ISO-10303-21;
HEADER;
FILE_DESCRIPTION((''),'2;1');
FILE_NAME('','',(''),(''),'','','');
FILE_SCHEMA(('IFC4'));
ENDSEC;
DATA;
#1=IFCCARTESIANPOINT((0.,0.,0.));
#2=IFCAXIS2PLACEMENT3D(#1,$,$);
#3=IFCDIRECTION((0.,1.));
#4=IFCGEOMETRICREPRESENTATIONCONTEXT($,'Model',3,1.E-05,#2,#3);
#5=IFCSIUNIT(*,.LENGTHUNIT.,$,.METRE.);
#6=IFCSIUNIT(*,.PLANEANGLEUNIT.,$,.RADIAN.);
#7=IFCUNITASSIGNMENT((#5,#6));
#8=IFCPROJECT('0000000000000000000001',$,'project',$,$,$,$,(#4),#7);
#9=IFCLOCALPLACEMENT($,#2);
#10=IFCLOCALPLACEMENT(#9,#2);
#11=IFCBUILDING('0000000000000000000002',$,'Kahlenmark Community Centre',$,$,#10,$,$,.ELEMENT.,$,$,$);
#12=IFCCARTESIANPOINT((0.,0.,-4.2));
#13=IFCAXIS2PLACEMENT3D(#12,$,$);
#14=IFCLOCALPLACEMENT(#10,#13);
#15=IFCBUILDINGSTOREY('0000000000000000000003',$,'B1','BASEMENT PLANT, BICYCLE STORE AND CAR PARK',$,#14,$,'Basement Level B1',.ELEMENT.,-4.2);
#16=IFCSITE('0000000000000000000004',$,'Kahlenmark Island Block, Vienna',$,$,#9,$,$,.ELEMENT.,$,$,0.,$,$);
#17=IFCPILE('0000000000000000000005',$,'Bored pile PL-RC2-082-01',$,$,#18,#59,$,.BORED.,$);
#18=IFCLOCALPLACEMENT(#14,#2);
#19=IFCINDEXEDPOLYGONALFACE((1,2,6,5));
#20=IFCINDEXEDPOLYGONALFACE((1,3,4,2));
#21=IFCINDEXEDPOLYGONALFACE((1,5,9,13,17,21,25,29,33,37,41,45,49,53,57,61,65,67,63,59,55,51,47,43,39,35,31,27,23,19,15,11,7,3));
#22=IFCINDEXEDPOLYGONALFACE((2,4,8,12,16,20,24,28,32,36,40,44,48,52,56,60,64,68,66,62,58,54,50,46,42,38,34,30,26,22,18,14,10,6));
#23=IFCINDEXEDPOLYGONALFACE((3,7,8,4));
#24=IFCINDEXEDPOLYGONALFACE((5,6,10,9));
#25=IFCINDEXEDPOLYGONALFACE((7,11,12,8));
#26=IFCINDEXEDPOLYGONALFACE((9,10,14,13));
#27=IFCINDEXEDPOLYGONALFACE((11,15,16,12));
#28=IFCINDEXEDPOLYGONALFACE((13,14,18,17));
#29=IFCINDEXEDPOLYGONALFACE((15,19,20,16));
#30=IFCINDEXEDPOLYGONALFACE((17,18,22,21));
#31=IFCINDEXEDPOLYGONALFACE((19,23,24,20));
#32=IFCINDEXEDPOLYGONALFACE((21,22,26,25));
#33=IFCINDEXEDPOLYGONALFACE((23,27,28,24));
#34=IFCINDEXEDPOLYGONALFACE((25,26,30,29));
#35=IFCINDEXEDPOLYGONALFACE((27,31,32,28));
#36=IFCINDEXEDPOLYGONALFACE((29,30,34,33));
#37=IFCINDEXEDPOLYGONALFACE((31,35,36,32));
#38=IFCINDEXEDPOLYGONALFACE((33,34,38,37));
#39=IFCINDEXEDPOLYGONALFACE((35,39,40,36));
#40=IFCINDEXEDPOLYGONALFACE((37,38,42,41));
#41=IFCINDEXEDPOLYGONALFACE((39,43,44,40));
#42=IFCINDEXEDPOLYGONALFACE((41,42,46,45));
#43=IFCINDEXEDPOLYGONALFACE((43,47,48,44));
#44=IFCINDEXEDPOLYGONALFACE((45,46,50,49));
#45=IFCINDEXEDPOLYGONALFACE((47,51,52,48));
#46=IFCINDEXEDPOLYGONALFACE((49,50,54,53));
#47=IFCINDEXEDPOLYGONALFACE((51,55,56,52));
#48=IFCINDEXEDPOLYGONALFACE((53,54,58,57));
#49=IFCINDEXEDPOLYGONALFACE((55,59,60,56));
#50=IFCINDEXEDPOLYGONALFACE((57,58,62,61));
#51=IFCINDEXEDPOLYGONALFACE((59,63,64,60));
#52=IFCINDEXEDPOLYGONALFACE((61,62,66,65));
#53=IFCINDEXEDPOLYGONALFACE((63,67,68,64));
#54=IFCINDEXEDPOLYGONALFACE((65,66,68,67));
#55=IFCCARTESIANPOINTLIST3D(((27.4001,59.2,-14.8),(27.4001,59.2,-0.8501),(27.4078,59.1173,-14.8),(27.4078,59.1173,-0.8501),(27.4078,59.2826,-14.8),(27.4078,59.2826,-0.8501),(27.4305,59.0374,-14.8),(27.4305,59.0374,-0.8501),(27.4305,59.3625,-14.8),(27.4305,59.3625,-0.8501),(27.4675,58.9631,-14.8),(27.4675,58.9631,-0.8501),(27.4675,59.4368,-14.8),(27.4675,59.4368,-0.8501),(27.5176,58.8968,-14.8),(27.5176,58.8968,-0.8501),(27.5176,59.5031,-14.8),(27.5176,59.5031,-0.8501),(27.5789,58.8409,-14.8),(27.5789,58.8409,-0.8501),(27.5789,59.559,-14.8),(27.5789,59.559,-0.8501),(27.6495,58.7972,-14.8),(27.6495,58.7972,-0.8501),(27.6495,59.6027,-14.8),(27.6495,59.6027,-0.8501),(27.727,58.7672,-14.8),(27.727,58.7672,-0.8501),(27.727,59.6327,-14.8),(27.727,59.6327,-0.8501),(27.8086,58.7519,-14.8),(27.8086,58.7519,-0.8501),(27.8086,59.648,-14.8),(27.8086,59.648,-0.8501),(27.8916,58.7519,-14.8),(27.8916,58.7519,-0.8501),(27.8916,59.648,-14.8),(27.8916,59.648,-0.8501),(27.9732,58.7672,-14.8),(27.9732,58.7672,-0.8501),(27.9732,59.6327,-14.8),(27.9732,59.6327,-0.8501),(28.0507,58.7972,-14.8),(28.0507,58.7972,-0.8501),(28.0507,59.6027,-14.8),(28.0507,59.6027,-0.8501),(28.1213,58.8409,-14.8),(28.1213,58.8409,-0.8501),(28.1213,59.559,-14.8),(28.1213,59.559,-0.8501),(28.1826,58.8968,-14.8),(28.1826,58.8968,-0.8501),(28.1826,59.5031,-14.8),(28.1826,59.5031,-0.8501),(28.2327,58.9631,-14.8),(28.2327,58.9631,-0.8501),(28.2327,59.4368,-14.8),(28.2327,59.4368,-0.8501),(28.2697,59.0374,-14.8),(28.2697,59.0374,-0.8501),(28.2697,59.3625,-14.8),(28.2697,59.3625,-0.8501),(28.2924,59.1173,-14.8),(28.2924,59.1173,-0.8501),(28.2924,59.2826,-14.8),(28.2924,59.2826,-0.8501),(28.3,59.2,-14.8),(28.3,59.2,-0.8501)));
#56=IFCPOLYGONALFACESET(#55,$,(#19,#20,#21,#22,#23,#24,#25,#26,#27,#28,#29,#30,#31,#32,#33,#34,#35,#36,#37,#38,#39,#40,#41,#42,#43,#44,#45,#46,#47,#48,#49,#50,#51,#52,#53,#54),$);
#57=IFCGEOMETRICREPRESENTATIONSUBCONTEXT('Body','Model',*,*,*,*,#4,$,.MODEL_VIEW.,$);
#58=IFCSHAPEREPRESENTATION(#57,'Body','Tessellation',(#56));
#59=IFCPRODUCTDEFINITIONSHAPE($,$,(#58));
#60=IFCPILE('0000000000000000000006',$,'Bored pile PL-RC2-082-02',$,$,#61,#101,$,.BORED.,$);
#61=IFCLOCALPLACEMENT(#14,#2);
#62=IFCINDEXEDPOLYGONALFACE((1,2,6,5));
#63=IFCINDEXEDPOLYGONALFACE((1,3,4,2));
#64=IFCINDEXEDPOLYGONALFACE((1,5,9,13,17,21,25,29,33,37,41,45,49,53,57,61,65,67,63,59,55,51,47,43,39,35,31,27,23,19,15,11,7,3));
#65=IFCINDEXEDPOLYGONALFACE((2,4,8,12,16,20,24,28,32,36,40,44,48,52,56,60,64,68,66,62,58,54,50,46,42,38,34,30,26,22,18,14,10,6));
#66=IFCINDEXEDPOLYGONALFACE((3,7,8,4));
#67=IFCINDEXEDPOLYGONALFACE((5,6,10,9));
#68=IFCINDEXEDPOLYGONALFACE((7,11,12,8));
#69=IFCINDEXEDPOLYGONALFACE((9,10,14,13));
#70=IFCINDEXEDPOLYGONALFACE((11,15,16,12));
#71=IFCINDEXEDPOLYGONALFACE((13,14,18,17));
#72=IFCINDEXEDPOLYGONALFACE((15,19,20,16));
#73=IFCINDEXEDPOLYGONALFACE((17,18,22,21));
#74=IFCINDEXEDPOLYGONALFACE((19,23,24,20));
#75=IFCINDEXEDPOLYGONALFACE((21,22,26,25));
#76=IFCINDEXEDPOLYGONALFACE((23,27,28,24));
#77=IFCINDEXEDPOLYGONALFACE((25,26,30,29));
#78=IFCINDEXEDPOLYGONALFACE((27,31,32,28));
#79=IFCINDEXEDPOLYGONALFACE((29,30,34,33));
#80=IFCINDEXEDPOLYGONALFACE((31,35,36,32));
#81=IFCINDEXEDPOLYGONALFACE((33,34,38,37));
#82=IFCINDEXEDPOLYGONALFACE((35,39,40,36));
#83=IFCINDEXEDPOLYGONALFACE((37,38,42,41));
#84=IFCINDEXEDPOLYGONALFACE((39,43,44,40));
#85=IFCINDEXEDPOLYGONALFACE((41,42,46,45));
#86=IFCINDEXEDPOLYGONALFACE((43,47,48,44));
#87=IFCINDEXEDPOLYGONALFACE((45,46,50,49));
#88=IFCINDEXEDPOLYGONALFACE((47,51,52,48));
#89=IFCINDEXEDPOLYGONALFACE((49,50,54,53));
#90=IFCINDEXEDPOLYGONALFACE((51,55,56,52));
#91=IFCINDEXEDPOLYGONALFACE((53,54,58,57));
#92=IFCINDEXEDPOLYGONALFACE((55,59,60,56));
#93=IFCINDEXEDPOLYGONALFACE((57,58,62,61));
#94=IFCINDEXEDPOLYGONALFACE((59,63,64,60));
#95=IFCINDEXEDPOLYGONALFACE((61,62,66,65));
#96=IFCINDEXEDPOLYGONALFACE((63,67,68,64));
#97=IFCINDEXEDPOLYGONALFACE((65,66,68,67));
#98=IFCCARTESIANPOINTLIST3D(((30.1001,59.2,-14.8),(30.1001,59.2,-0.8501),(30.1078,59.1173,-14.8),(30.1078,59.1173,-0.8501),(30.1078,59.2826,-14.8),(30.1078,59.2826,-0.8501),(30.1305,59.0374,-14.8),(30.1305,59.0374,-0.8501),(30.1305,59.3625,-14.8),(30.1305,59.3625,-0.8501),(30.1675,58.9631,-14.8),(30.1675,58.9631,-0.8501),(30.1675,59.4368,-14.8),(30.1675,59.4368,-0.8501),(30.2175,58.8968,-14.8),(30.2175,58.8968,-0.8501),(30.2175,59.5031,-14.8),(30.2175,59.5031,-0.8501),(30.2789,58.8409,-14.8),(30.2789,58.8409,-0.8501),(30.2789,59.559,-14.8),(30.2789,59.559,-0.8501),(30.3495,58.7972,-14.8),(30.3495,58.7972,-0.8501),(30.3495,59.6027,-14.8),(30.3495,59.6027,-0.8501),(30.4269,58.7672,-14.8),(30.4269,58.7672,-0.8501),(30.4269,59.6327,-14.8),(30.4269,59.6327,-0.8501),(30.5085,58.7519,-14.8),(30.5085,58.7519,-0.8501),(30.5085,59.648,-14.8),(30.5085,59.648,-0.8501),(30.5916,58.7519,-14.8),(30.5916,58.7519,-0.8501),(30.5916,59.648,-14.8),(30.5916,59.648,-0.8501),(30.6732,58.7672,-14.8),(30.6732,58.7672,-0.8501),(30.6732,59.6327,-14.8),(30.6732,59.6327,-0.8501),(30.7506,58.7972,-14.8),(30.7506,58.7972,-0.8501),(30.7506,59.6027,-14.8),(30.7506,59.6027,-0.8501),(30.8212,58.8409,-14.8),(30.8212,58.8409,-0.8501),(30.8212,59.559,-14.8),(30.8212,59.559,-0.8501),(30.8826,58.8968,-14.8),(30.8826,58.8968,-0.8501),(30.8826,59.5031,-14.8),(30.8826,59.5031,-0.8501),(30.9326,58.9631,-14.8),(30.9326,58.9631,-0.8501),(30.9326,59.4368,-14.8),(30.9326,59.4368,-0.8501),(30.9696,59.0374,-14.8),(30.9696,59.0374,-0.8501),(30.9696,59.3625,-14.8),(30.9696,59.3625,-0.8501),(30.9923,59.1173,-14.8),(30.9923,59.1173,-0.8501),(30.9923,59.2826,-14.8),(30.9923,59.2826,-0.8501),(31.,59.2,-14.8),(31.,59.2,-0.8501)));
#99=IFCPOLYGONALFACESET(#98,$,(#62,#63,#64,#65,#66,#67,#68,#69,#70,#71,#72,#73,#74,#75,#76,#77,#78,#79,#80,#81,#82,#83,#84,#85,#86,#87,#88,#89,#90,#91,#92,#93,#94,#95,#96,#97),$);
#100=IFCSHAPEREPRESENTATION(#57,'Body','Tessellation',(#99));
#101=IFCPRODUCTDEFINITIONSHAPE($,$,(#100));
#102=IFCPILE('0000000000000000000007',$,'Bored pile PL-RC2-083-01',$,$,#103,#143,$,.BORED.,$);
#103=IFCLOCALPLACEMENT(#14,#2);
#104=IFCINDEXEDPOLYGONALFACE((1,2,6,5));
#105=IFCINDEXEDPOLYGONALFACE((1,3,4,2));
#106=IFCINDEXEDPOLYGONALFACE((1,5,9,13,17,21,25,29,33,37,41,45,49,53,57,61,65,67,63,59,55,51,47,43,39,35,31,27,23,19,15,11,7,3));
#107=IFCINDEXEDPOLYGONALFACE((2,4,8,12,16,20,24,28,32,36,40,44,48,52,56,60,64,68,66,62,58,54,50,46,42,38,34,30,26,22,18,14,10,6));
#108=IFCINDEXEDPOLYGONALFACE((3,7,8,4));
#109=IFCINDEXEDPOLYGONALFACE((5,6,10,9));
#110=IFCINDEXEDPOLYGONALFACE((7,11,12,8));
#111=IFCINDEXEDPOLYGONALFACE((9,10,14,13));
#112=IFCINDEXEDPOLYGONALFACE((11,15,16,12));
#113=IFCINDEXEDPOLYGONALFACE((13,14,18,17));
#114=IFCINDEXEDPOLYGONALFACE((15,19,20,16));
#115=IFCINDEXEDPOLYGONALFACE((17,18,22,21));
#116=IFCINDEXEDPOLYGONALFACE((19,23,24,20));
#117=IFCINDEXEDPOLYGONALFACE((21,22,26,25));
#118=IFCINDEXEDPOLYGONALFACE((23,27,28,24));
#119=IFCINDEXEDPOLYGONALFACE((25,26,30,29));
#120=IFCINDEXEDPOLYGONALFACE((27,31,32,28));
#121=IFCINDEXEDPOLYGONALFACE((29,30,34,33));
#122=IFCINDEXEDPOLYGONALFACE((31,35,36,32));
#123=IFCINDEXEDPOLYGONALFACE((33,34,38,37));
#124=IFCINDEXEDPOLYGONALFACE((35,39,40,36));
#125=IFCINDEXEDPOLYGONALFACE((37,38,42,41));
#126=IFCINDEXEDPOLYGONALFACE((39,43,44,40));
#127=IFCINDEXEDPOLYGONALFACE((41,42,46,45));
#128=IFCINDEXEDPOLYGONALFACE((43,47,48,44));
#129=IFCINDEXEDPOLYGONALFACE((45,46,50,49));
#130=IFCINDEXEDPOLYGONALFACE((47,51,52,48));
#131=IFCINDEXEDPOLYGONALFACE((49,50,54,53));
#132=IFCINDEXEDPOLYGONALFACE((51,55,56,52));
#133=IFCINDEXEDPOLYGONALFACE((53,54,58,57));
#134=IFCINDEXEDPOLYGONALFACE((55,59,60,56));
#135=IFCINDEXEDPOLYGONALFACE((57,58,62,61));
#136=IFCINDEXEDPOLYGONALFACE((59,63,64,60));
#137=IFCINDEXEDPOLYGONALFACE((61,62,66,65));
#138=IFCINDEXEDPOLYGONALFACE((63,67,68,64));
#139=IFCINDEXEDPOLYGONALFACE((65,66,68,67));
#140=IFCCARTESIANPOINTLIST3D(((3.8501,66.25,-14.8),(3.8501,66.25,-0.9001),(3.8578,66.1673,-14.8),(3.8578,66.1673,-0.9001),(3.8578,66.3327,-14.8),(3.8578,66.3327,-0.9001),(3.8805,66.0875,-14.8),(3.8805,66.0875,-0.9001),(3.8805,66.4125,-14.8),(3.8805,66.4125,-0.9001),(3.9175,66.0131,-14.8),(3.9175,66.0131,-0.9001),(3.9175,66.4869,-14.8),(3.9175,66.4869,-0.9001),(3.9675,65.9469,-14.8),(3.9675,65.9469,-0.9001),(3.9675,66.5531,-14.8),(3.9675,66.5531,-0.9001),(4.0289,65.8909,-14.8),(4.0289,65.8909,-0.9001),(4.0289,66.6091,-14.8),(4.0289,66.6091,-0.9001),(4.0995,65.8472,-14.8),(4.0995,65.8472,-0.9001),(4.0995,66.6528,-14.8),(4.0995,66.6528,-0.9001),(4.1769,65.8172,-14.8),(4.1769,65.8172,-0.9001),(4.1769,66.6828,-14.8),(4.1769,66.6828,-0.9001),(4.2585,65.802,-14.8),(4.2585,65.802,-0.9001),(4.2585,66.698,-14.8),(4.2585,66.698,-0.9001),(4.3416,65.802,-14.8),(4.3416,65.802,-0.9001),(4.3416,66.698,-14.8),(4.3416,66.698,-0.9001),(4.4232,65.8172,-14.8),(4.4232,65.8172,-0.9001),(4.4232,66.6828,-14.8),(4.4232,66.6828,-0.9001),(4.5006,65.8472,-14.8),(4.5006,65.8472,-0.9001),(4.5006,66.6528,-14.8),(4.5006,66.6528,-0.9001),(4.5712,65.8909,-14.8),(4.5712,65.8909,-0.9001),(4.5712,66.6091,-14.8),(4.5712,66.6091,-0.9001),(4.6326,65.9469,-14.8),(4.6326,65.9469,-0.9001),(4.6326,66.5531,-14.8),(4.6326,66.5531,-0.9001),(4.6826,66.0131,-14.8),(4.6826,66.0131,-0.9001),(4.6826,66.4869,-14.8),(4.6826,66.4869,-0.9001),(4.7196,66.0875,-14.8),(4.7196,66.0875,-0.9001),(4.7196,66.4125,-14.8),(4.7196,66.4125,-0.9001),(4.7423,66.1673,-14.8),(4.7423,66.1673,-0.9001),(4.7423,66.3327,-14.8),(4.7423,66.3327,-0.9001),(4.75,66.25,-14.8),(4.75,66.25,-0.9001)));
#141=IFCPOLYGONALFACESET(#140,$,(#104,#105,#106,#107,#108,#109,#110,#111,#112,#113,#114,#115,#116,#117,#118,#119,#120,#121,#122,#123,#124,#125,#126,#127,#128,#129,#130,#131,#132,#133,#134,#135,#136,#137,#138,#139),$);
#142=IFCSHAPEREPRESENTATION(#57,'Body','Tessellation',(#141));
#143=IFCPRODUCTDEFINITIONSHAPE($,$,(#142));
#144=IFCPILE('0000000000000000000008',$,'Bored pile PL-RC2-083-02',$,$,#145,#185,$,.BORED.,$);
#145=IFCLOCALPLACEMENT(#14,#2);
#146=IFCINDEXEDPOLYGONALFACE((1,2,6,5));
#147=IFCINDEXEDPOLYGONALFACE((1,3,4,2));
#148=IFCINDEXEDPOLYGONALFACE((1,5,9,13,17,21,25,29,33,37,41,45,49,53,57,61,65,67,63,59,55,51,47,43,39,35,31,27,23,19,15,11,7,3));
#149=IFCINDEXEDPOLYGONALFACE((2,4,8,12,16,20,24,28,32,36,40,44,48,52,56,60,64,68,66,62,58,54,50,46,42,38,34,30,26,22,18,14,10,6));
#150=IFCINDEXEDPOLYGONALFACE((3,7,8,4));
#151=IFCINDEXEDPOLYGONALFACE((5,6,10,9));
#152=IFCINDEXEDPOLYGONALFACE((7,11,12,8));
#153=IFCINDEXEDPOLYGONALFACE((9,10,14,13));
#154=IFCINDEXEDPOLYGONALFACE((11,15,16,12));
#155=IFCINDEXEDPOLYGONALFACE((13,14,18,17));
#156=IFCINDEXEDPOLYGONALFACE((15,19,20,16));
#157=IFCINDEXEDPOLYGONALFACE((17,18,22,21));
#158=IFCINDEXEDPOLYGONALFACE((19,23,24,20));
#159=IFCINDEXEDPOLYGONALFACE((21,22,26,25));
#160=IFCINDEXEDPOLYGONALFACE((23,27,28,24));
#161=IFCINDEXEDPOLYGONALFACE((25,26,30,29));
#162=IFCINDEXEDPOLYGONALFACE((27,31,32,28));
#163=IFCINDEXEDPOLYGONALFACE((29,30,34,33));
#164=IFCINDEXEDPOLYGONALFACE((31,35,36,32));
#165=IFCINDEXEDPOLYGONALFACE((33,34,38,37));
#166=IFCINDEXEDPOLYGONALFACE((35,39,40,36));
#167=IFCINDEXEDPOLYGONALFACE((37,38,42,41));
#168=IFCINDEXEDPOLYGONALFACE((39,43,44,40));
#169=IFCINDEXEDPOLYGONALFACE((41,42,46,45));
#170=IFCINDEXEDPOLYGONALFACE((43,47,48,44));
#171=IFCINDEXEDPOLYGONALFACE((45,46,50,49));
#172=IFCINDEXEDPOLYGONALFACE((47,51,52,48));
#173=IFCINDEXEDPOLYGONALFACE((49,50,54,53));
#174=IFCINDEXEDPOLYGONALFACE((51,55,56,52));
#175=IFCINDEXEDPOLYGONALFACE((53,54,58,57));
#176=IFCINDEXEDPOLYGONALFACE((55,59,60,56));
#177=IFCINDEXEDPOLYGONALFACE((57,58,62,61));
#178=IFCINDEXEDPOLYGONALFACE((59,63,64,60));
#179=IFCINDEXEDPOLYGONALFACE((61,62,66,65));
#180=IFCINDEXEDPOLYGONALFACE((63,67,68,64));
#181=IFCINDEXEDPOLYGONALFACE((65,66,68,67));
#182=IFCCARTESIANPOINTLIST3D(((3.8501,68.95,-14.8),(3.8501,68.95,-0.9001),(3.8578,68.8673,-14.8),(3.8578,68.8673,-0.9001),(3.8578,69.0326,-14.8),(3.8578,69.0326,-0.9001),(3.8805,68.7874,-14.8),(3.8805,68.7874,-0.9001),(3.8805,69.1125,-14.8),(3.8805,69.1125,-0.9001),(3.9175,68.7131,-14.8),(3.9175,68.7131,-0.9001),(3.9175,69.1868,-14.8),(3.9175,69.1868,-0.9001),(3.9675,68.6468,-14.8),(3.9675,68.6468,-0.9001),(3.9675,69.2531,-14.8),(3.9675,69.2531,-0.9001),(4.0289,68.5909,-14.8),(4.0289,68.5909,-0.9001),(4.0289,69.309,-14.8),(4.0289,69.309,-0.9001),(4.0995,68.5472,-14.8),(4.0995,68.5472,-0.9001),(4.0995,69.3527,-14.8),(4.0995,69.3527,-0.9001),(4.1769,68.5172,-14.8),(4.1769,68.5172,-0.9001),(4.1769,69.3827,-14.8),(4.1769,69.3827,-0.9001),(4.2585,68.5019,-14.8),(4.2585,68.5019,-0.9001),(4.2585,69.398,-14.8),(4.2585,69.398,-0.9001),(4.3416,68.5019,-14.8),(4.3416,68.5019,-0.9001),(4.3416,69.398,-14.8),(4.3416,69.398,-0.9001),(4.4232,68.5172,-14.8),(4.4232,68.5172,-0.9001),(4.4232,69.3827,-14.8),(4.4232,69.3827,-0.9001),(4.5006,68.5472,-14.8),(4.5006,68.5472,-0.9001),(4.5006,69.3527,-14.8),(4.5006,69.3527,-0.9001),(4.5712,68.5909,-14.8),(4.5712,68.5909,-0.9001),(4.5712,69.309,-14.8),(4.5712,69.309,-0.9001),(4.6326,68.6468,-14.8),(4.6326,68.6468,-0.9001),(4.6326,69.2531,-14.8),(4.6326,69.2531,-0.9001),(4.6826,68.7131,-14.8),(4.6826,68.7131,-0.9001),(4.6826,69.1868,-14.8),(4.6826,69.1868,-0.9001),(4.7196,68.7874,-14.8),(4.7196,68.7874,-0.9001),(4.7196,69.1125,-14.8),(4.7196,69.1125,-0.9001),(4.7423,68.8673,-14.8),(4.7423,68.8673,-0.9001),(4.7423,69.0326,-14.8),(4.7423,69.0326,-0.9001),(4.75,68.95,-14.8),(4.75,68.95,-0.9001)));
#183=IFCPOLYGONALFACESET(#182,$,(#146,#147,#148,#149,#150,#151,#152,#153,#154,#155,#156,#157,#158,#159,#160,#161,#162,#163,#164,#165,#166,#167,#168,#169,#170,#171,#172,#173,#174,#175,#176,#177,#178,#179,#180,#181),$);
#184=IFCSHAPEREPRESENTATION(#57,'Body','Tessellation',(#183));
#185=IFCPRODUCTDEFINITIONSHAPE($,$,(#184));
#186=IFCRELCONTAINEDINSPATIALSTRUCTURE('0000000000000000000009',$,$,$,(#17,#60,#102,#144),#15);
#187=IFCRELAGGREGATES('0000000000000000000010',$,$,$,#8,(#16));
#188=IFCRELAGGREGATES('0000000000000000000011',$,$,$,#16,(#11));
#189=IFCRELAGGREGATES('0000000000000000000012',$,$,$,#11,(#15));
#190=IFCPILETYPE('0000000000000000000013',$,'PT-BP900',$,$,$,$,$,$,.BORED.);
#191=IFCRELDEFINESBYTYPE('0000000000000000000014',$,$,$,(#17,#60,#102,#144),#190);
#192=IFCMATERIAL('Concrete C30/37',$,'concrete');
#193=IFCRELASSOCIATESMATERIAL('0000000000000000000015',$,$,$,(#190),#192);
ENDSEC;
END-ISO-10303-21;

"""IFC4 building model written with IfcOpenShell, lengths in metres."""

from ifc_helpers import new_model, si_unit, direction, frame, origin, origin_2d, place, context, subcontext, project, spatial, circle, extrude, material, material_profile, profile_set, type_object, element, save


model = new_model("IFC4")

# Units and contexts
model_context = context("Model", 3, precision=1e-05, world=origin(), true_north=direction((0.0, 1.0)))
body_context = subcontext(model_context, "Body", "Model", "MODEL_VIEW")
ifc_project = project(units=[si_unit("LENGTHUNIT", "METRE"), si_unit("PLANEANGLEUNIT", "RADIAN")], contexts=[model_context])

# Site, building, storey
site_placement = place(None, origin())
site = spatial("IfcSite", under=ifc_project, at=site_placement, Name="Kahlenmark Island Block, Vienna", CompositionType="ELEMENT", RefElevation=0.0)
building_placement = place(site_placement, origin())
building = spatial("IfcBuilding", under=site, at=building_placement, Name="Kahlenmark Community Centre", CompositionType="ELEMENT")
storey_placement = place(building_placement, frame((0.0, 0.0, -4.2)))
storey = spatial("IfcBuildingStorey", under=building, at=storey_placement, Name="B1", Description="BASEMENT PLANT, BICYCLE STORE AND CAR PARK", LongName="Basement Level B1", CompositionType="ELEMENT", Elevation=-4.2)

# Shared definitions
ifc_material_1 = material(Name="Concrete C30/37", Category="concrete")

# Piles
ifc_material_profile_1 = material_profile(ifc_material_1, circle(Radius=0.45, at=origin_2d()), Name="BORED PILE 900")
ifc_profile_set_1 = profile_set([ifc_material_profile_1], Name="Concrete C30/37")
pile_type_1 = type_object("IfcPileType", Name="PT-BP900", PredefinedType="BORED", material=ifc_profile_set_1)
for number, where, z_axis, x_axis, name in (
    (1, (27.8501, 59.2, -0.8501), (0.0, 0.0, -1.0), (1.0, 0.0, 0.0), "Bored pile PL-RC2-082-01"),
    (2, (30.55, 59.2, -0.8501), (0.0, 0.0, -1.0), (1.0, 0.0, 0.0), "Bored pile PL-RC2-082-02"),
):
    element("IfcPile", number, at=place(storey_placement, frame(where, z_axis=z_axis, x_axis=x_axis)), inside=storey, type_object=pile_type_1, Name=name, PredefinedType="BORED", context=body_context, shape_type="SweptSolid", body=[
        extrude(circle(Radius=0.45, at=origin_2d()), origin(), (0.0, 0.0, 1.0), 13.95),
    ])
for number, where, z_axis, x_axis, name in (
    (3, (4.3, 66.25, -0.9001), (0.0, 0.0, -1.0), (1.0, 0.0, 0.0), "Bored pile PL-RC2-083-01"),
    (4, (4.3, 68.95, -0.9001), (0.0, 0.0, -1.0), (1.0, 0.0, 0.0), "Bored pile PL-RC2-083-02"),
):
    element("IfcPile", number, at=place(storey_placement, frame(where, z_axis=z_axis, x_axis=x_axis)), inside=storey, type_object=pile_type_1, Name=name, PredefinedType="BORED", context=body_context, shape_type="SweptSolid", body=[
        extrude(circle(Radius=0.45, at=origin_2d()), origin(), (0.0, 0.0, 1.0), 13.8999),
    ])

save(model, "model.ifc")
